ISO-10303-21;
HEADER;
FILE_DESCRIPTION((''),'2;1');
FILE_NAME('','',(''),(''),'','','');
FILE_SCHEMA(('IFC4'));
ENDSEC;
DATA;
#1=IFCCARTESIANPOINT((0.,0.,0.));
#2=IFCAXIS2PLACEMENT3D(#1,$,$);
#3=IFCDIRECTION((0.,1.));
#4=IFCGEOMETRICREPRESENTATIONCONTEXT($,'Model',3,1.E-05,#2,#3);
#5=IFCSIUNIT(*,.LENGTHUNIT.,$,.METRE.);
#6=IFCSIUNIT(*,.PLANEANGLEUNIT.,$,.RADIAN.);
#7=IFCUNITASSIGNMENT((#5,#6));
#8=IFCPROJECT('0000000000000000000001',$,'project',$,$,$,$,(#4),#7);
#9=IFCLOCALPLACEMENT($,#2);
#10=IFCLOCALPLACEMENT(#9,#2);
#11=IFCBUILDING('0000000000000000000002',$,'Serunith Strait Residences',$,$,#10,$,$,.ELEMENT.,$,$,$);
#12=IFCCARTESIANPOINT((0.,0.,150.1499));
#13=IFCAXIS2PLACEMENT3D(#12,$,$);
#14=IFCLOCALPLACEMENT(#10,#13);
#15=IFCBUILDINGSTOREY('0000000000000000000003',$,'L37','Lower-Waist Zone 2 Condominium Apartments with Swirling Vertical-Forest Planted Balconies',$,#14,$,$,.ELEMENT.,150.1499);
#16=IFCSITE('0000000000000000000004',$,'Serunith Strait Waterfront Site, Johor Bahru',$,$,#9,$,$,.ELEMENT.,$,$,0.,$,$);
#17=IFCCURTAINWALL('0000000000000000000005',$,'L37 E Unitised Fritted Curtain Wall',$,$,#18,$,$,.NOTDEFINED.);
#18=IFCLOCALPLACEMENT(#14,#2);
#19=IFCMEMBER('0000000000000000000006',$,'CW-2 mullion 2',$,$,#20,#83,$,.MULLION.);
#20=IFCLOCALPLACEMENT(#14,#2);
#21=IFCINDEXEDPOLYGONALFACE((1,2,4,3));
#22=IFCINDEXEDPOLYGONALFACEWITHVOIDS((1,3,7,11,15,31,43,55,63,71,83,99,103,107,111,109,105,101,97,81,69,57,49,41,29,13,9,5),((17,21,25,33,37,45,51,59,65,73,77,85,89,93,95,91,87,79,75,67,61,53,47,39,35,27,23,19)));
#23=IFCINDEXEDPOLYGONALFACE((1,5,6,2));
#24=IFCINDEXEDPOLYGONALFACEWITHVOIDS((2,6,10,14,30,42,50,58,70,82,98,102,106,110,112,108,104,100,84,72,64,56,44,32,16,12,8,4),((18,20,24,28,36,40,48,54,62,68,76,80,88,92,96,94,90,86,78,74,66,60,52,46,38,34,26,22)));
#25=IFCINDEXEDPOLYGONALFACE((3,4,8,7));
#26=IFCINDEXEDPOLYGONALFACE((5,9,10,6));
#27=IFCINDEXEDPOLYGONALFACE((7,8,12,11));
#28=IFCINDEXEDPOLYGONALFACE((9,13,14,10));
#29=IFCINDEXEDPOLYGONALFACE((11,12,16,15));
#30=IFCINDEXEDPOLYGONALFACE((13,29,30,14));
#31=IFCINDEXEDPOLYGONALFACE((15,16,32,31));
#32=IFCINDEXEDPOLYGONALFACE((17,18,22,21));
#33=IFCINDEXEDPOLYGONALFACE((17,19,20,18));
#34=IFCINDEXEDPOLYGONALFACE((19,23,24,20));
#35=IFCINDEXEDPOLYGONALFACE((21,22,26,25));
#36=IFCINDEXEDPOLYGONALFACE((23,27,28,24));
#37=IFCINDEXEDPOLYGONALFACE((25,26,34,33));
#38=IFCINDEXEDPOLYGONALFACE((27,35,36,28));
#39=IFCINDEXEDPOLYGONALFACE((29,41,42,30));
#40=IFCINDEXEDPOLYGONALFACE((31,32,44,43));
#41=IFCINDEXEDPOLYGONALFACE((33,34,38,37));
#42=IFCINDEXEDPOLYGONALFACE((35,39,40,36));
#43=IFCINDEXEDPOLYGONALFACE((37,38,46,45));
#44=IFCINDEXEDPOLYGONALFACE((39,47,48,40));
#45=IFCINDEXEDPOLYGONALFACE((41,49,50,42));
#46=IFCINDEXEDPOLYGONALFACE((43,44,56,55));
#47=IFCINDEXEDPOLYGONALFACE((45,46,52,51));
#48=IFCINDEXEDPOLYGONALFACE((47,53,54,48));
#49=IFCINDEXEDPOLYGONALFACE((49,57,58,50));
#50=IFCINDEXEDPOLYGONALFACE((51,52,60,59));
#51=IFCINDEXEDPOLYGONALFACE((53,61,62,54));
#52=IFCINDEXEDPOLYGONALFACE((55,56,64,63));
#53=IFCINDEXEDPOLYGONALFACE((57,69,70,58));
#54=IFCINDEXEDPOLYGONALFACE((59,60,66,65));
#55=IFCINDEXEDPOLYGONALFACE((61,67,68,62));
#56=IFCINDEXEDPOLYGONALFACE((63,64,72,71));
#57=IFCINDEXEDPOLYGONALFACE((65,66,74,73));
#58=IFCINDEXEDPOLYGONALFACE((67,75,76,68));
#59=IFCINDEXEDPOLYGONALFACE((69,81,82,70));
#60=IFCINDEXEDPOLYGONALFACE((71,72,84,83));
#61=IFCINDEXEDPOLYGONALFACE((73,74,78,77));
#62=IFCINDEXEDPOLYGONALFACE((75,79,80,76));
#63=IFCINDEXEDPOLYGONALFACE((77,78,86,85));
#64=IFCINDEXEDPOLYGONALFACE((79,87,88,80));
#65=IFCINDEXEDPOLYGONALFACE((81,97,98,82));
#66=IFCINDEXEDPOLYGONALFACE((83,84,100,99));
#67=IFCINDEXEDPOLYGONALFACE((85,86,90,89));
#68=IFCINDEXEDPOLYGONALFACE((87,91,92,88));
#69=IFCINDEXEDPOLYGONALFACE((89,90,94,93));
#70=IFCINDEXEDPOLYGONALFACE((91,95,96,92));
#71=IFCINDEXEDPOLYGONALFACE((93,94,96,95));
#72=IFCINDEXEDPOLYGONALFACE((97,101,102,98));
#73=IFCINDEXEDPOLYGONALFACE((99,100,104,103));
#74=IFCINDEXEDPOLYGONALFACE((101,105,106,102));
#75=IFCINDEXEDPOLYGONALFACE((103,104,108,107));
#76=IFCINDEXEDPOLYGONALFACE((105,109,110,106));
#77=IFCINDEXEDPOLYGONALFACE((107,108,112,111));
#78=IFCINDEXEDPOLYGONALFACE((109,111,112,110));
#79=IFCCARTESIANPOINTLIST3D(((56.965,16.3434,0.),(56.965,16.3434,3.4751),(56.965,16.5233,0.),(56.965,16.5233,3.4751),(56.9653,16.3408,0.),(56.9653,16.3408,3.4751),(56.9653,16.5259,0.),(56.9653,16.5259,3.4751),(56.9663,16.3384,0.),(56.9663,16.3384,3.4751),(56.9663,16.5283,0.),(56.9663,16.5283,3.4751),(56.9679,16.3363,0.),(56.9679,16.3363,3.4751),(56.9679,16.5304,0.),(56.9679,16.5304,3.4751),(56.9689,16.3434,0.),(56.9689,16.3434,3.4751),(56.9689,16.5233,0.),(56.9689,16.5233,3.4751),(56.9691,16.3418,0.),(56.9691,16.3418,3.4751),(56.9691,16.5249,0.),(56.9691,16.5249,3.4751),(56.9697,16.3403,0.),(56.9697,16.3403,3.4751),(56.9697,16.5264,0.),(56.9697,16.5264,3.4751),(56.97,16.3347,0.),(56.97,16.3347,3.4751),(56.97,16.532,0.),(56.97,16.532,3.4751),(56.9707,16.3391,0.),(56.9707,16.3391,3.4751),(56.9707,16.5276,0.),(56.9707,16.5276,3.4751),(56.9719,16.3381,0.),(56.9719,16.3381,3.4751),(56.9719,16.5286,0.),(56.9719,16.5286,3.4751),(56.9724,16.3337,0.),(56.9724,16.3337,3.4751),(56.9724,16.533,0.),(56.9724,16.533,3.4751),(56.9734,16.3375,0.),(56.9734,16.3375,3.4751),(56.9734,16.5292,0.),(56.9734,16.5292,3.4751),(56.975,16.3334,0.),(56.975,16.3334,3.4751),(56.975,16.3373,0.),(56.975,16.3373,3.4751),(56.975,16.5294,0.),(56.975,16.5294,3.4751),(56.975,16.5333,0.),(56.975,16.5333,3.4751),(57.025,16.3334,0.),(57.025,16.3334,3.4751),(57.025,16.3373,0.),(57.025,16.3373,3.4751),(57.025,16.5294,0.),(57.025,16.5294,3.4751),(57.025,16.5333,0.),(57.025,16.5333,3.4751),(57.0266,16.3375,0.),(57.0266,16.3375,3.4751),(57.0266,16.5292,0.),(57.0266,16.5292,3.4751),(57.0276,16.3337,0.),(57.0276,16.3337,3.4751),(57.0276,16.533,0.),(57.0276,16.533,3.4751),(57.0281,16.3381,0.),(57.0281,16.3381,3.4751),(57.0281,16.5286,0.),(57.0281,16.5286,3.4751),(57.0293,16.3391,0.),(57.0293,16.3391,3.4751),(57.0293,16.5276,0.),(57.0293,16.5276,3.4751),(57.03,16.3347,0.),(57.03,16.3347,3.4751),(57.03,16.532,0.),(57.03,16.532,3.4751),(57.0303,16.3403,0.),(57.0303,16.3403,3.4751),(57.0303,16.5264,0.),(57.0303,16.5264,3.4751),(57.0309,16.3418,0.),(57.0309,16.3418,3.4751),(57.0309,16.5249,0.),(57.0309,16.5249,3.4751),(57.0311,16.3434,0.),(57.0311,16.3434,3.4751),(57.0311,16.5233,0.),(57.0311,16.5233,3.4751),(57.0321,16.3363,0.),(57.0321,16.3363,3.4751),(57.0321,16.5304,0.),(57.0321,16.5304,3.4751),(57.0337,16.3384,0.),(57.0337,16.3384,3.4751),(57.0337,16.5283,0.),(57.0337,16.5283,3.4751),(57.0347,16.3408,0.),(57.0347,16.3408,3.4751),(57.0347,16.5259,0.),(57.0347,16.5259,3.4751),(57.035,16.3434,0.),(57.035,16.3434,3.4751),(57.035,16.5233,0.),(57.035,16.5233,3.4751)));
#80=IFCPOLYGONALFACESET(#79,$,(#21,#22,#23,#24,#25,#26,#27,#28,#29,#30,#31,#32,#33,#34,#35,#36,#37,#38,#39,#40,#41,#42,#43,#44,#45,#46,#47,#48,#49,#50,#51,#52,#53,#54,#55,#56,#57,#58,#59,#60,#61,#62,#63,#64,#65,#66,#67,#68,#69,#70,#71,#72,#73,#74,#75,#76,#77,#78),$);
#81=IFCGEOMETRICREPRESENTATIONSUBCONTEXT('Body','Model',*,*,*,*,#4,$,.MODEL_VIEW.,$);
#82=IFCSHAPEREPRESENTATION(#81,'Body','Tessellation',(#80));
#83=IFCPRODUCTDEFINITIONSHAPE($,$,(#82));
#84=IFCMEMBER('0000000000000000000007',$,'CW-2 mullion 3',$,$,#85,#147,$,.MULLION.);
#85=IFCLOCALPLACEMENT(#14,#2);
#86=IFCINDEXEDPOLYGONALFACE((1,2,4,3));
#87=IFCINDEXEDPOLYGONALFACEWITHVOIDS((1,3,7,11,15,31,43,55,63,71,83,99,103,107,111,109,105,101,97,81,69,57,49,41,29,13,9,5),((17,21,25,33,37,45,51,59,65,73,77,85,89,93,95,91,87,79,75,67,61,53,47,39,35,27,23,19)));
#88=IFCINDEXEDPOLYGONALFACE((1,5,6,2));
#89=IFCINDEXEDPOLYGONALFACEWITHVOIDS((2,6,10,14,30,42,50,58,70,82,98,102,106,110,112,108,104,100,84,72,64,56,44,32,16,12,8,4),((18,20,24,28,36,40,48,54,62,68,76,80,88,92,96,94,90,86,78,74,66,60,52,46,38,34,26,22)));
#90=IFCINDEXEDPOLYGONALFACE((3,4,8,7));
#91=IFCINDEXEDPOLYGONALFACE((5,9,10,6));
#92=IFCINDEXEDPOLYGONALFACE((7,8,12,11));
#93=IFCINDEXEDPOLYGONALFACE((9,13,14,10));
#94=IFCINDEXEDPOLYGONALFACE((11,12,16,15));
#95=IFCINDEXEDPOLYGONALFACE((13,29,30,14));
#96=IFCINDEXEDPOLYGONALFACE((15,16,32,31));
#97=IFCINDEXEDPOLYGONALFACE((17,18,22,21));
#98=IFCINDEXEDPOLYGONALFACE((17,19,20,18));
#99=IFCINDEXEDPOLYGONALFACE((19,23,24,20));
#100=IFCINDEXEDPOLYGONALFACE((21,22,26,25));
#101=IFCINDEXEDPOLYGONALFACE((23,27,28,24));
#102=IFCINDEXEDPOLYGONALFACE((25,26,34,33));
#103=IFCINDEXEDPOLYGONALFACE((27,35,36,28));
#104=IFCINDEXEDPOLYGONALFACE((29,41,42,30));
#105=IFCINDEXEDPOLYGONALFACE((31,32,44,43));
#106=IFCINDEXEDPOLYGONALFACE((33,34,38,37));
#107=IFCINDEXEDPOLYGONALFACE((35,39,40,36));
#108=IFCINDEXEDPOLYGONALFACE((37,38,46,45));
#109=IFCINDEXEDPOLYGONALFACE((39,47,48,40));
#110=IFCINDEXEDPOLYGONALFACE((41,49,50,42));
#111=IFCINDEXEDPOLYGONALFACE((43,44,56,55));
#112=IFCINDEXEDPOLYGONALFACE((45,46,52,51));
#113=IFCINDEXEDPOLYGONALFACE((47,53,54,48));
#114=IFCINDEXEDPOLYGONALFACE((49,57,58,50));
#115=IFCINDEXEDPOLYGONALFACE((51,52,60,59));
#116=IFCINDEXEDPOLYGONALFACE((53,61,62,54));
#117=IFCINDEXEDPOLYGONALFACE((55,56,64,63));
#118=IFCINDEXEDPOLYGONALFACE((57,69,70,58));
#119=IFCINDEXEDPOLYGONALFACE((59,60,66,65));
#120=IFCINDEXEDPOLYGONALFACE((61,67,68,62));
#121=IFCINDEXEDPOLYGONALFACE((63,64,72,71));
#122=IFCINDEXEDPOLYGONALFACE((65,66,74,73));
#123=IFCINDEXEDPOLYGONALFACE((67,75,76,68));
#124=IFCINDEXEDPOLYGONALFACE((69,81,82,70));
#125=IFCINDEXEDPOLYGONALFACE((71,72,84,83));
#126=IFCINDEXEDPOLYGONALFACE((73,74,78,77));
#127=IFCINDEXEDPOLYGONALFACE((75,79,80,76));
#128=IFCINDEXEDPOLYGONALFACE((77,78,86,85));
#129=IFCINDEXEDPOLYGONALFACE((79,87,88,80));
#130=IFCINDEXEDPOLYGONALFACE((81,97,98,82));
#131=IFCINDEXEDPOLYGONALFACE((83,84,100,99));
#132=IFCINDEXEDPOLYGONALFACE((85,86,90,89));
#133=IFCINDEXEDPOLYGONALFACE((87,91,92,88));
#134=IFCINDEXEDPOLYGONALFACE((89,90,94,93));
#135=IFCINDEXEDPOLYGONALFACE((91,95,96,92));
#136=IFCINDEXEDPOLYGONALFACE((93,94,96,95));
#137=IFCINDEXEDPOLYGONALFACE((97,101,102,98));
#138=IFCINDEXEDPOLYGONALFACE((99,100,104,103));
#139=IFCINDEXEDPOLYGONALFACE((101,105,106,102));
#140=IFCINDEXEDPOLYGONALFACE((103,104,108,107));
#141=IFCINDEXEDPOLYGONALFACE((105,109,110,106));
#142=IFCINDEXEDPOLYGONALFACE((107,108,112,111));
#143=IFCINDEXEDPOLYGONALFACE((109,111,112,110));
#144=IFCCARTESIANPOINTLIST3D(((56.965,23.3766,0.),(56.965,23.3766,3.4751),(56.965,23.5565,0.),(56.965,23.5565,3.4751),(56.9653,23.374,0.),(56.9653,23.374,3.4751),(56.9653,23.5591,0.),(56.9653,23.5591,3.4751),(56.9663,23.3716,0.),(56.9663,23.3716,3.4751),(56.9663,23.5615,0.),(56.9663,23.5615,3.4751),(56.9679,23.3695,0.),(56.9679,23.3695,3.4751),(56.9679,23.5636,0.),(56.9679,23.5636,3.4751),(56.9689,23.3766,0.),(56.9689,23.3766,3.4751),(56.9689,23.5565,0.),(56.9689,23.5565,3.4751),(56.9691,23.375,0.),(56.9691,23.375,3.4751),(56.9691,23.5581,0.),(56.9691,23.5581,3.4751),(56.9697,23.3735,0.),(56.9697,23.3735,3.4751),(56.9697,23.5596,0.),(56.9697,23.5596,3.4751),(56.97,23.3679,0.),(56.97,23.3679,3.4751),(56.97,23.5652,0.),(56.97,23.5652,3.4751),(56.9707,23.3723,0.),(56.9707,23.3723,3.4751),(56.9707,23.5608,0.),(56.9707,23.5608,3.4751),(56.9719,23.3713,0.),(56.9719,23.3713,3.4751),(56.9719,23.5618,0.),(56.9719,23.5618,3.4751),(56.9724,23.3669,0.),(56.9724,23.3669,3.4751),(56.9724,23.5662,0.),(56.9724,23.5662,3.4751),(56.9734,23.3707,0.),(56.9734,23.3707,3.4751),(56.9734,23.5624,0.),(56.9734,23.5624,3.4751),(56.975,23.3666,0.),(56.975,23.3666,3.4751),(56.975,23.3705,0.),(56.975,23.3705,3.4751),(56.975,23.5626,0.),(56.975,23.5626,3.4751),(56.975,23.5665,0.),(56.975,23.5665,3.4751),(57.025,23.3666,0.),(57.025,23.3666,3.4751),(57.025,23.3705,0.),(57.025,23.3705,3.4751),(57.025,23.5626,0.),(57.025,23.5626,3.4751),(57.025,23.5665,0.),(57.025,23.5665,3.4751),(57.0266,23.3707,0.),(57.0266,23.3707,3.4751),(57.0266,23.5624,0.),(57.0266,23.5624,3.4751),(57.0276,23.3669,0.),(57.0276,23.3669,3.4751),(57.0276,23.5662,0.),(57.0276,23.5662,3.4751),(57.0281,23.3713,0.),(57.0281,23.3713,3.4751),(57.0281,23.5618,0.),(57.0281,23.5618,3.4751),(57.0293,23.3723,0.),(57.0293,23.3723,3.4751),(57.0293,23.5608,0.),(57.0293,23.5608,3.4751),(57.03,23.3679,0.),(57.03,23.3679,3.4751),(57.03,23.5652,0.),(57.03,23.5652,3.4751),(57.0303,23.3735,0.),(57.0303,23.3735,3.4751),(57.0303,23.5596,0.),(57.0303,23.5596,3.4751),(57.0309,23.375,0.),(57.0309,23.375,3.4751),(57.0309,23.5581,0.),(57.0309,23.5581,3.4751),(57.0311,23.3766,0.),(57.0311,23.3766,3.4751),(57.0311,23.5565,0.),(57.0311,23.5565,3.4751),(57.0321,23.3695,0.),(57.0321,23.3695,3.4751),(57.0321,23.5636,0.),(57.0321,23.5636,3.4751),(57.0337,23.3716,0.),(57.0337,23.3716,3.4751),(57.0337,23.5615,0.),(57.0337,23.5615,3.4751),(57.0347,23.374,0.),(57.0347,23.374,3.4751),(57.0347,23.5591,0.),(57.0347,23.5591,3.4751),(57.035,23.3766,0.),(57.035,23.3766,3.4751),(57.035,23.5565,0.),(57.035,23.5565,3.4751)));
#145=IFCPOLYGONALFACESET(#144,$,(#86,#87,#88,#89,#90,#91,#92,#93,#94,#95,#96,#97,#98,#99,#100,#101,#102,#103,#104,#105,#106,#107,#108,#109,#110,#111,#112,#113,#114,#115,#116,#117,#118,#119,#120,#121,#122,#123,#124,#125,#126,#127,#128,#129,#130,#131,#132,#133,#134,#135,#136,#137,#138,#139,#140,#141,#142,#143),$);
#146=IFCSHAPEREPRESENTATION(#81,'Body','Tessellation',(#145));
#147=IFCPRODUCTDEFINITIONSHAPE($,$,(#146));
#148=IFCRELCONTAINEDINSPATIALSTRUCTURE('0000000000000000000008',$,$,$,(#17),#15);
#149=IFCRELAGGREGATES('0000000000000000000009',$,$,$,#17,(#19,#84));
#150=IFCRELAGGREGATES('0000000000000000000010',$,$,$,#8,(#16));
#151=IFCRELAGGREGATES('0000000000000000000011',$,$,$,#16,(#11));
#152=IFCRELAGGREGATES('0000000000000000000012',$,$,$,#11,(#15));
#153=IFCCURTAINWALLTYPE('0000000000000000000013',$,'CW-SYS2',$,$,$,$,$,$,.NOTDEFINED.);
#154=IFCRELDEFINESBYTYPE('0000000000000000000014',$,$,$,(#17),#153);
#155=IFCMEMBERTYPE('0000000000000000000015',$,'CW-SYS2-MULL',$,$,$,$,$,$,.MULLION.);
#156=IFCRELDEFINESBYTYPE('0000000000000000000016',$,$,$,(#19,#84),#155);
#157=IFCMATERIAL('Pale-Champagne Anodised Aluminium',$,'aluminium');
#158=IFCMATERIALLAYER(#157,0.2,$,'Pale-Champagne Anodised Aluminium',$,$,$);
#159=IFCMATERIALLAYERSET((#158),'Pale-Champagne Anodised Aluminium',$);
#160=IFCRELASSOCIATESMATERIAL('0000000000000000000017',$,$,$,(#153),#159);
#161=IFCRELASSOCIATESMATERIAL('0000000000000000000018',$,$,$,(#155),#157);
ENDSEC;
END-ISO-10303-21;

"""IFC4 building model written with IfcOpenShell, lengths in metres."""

from ifc_helpers import new_model, si_unit, direction, frame, origin, origin_2d, place, context, subcontext, project, spatial, hollow_rectangle, extrude, source, transform, mapped, material, layer, layer_set, material_profile, profile_set, type_object, element, aggregate, save


model = new_model("IFC4")

# Units and contexts
model_context = context("Model", 3, precision=1e-05, world=origin(), true_north=direction((0.0, 1.0)))
body_context = subcontext(model_context, "Body", "Model", "MODEL_VIEW")
ifc_project = project(units=[si_unit("LENGTHUNIT", "METRE"), si_unit("PLANEANGLEUNIT", "RADIAN")], contexts=[model_context])

# Site, building, storey
site_placement = place(None, origin())
site = spatial("IfcSite", under=ifc_project, at=site_placement, Name="Serunith Strait Waterfront Site, Johor Bahru", CompositionType="ELEMENT", RefElevation=0.0)
building_placement = place(site_placement, origin())
building = spatial("IfcBuilding", under=site, at=building_placement, Name="Serunith Strait Residences", CompositionType="ELEMENT")
storey_placement = place(building_placement, frame((0.0, 0.0, 150.1499)))
storey = spatial("IfcBuildingStorey", under=building, at=storey_placement, Name="L37", Description="Lower-Waist Zone 2 Condominium Apartments with Swirling Vertical-Forest Planted Balconies", CompositionType="ELEMENT", Elevation=150.1499)

# Curtain wall, members
ifc_material_1 = material(Name="Pale-Champagne Anodised Aluminium", Category="aluminium")
ifc_layer_1 = layer(ifc_material_1, 0.2, Name="Pale-Champagne Anodised Aluminium")
ifc_layer_set_1 = layer_set([ifc_layer_1], Name="Pale-Champagne Anodised Aluminium")
curtain_wall_type = type_object("IfcCurtainWallType", Name="CW-SYS2", PredefinedType="NOTDEFINED", material=ifc_layer_set_1)
curtain_wall_placement = place(storey_placement, origin())
curtain_wall = element("IfcCurtainWall", 1, at=curtain_wall_placement, inside=storey, type_object=curtain_wall_type, Name="L37 E Unitised Fritted Curtain Wall", PredefinedType="NOTDEFINED")
ifc_material_profile_1 = material_profile(ifc_material_1, hollow_rectangle(XDim=0.0701, YDim=0.2, WallThickness=0.0039, InnerFilletRadius=0.0061, OuterFilletRadius=0.01, at=origin_2d()), Name="ALU 200x70x4")
ifc_profile_set_1 = profile_set([ifc_material_profile_1], Name="Pale-Champagne Anodised Aluminium")
member_type_1 = type_object("IfcMemberType", Name="CW-SYS2-MULL", PredefinedType="MULLION", material=ifc_profile_set_1)
shared_shape_1 = source(origin(), body_context, "Body", "SweptSolid", [
    extrude(hollow_rectangle(XDim=0.0701, YDim=0.2, WallThickness=0.0039, InnerFilletRadius=0.0061, OuterFilletRadius=0.01, at=origin_2d()), origin(), (0.0, 0.0, 1.0), 3.4751),
])
member_1_placement = place(storey_placement, frame((57.0, 16.4333, 0.0), z_axis=(0.0, 0.0, 1.0), x_axis=(-1.0, 0.0, 0.0)))
member_1 = element("IfcMember", 2, at=member_1_placement, type_object=member_type_1, Name="CW-2 mullion 2", PredefinedType="MULLION", context=body_context, shape_type="MappedRepresentation", body=[
    mapped(shared_shape_1, transform((0.0, 0.0, 0.0), scale=1.0)),
])
member_2_placement = place(storey_placement, frame((57.0, 23.4666, 0.0), z_axis=(0.0, 0.0, 1.0), x_axis=(-1.0, 0.0, 0.0)))
member_2 = element("IfcMember", 3, at=member_2_placement, type_object=member_type_1, Name="CW-2 mullion 3", PredefinedType="MULLION", context=body_context, shape_type="MappedRepresentation", body=[
    mapped(shared_shape_1, transform((0.0, 0.0, 0.0), scale=1.0)),
])
aggregate(curtain_wall, [member_1, member_2])

save(model, "model.ifc")
